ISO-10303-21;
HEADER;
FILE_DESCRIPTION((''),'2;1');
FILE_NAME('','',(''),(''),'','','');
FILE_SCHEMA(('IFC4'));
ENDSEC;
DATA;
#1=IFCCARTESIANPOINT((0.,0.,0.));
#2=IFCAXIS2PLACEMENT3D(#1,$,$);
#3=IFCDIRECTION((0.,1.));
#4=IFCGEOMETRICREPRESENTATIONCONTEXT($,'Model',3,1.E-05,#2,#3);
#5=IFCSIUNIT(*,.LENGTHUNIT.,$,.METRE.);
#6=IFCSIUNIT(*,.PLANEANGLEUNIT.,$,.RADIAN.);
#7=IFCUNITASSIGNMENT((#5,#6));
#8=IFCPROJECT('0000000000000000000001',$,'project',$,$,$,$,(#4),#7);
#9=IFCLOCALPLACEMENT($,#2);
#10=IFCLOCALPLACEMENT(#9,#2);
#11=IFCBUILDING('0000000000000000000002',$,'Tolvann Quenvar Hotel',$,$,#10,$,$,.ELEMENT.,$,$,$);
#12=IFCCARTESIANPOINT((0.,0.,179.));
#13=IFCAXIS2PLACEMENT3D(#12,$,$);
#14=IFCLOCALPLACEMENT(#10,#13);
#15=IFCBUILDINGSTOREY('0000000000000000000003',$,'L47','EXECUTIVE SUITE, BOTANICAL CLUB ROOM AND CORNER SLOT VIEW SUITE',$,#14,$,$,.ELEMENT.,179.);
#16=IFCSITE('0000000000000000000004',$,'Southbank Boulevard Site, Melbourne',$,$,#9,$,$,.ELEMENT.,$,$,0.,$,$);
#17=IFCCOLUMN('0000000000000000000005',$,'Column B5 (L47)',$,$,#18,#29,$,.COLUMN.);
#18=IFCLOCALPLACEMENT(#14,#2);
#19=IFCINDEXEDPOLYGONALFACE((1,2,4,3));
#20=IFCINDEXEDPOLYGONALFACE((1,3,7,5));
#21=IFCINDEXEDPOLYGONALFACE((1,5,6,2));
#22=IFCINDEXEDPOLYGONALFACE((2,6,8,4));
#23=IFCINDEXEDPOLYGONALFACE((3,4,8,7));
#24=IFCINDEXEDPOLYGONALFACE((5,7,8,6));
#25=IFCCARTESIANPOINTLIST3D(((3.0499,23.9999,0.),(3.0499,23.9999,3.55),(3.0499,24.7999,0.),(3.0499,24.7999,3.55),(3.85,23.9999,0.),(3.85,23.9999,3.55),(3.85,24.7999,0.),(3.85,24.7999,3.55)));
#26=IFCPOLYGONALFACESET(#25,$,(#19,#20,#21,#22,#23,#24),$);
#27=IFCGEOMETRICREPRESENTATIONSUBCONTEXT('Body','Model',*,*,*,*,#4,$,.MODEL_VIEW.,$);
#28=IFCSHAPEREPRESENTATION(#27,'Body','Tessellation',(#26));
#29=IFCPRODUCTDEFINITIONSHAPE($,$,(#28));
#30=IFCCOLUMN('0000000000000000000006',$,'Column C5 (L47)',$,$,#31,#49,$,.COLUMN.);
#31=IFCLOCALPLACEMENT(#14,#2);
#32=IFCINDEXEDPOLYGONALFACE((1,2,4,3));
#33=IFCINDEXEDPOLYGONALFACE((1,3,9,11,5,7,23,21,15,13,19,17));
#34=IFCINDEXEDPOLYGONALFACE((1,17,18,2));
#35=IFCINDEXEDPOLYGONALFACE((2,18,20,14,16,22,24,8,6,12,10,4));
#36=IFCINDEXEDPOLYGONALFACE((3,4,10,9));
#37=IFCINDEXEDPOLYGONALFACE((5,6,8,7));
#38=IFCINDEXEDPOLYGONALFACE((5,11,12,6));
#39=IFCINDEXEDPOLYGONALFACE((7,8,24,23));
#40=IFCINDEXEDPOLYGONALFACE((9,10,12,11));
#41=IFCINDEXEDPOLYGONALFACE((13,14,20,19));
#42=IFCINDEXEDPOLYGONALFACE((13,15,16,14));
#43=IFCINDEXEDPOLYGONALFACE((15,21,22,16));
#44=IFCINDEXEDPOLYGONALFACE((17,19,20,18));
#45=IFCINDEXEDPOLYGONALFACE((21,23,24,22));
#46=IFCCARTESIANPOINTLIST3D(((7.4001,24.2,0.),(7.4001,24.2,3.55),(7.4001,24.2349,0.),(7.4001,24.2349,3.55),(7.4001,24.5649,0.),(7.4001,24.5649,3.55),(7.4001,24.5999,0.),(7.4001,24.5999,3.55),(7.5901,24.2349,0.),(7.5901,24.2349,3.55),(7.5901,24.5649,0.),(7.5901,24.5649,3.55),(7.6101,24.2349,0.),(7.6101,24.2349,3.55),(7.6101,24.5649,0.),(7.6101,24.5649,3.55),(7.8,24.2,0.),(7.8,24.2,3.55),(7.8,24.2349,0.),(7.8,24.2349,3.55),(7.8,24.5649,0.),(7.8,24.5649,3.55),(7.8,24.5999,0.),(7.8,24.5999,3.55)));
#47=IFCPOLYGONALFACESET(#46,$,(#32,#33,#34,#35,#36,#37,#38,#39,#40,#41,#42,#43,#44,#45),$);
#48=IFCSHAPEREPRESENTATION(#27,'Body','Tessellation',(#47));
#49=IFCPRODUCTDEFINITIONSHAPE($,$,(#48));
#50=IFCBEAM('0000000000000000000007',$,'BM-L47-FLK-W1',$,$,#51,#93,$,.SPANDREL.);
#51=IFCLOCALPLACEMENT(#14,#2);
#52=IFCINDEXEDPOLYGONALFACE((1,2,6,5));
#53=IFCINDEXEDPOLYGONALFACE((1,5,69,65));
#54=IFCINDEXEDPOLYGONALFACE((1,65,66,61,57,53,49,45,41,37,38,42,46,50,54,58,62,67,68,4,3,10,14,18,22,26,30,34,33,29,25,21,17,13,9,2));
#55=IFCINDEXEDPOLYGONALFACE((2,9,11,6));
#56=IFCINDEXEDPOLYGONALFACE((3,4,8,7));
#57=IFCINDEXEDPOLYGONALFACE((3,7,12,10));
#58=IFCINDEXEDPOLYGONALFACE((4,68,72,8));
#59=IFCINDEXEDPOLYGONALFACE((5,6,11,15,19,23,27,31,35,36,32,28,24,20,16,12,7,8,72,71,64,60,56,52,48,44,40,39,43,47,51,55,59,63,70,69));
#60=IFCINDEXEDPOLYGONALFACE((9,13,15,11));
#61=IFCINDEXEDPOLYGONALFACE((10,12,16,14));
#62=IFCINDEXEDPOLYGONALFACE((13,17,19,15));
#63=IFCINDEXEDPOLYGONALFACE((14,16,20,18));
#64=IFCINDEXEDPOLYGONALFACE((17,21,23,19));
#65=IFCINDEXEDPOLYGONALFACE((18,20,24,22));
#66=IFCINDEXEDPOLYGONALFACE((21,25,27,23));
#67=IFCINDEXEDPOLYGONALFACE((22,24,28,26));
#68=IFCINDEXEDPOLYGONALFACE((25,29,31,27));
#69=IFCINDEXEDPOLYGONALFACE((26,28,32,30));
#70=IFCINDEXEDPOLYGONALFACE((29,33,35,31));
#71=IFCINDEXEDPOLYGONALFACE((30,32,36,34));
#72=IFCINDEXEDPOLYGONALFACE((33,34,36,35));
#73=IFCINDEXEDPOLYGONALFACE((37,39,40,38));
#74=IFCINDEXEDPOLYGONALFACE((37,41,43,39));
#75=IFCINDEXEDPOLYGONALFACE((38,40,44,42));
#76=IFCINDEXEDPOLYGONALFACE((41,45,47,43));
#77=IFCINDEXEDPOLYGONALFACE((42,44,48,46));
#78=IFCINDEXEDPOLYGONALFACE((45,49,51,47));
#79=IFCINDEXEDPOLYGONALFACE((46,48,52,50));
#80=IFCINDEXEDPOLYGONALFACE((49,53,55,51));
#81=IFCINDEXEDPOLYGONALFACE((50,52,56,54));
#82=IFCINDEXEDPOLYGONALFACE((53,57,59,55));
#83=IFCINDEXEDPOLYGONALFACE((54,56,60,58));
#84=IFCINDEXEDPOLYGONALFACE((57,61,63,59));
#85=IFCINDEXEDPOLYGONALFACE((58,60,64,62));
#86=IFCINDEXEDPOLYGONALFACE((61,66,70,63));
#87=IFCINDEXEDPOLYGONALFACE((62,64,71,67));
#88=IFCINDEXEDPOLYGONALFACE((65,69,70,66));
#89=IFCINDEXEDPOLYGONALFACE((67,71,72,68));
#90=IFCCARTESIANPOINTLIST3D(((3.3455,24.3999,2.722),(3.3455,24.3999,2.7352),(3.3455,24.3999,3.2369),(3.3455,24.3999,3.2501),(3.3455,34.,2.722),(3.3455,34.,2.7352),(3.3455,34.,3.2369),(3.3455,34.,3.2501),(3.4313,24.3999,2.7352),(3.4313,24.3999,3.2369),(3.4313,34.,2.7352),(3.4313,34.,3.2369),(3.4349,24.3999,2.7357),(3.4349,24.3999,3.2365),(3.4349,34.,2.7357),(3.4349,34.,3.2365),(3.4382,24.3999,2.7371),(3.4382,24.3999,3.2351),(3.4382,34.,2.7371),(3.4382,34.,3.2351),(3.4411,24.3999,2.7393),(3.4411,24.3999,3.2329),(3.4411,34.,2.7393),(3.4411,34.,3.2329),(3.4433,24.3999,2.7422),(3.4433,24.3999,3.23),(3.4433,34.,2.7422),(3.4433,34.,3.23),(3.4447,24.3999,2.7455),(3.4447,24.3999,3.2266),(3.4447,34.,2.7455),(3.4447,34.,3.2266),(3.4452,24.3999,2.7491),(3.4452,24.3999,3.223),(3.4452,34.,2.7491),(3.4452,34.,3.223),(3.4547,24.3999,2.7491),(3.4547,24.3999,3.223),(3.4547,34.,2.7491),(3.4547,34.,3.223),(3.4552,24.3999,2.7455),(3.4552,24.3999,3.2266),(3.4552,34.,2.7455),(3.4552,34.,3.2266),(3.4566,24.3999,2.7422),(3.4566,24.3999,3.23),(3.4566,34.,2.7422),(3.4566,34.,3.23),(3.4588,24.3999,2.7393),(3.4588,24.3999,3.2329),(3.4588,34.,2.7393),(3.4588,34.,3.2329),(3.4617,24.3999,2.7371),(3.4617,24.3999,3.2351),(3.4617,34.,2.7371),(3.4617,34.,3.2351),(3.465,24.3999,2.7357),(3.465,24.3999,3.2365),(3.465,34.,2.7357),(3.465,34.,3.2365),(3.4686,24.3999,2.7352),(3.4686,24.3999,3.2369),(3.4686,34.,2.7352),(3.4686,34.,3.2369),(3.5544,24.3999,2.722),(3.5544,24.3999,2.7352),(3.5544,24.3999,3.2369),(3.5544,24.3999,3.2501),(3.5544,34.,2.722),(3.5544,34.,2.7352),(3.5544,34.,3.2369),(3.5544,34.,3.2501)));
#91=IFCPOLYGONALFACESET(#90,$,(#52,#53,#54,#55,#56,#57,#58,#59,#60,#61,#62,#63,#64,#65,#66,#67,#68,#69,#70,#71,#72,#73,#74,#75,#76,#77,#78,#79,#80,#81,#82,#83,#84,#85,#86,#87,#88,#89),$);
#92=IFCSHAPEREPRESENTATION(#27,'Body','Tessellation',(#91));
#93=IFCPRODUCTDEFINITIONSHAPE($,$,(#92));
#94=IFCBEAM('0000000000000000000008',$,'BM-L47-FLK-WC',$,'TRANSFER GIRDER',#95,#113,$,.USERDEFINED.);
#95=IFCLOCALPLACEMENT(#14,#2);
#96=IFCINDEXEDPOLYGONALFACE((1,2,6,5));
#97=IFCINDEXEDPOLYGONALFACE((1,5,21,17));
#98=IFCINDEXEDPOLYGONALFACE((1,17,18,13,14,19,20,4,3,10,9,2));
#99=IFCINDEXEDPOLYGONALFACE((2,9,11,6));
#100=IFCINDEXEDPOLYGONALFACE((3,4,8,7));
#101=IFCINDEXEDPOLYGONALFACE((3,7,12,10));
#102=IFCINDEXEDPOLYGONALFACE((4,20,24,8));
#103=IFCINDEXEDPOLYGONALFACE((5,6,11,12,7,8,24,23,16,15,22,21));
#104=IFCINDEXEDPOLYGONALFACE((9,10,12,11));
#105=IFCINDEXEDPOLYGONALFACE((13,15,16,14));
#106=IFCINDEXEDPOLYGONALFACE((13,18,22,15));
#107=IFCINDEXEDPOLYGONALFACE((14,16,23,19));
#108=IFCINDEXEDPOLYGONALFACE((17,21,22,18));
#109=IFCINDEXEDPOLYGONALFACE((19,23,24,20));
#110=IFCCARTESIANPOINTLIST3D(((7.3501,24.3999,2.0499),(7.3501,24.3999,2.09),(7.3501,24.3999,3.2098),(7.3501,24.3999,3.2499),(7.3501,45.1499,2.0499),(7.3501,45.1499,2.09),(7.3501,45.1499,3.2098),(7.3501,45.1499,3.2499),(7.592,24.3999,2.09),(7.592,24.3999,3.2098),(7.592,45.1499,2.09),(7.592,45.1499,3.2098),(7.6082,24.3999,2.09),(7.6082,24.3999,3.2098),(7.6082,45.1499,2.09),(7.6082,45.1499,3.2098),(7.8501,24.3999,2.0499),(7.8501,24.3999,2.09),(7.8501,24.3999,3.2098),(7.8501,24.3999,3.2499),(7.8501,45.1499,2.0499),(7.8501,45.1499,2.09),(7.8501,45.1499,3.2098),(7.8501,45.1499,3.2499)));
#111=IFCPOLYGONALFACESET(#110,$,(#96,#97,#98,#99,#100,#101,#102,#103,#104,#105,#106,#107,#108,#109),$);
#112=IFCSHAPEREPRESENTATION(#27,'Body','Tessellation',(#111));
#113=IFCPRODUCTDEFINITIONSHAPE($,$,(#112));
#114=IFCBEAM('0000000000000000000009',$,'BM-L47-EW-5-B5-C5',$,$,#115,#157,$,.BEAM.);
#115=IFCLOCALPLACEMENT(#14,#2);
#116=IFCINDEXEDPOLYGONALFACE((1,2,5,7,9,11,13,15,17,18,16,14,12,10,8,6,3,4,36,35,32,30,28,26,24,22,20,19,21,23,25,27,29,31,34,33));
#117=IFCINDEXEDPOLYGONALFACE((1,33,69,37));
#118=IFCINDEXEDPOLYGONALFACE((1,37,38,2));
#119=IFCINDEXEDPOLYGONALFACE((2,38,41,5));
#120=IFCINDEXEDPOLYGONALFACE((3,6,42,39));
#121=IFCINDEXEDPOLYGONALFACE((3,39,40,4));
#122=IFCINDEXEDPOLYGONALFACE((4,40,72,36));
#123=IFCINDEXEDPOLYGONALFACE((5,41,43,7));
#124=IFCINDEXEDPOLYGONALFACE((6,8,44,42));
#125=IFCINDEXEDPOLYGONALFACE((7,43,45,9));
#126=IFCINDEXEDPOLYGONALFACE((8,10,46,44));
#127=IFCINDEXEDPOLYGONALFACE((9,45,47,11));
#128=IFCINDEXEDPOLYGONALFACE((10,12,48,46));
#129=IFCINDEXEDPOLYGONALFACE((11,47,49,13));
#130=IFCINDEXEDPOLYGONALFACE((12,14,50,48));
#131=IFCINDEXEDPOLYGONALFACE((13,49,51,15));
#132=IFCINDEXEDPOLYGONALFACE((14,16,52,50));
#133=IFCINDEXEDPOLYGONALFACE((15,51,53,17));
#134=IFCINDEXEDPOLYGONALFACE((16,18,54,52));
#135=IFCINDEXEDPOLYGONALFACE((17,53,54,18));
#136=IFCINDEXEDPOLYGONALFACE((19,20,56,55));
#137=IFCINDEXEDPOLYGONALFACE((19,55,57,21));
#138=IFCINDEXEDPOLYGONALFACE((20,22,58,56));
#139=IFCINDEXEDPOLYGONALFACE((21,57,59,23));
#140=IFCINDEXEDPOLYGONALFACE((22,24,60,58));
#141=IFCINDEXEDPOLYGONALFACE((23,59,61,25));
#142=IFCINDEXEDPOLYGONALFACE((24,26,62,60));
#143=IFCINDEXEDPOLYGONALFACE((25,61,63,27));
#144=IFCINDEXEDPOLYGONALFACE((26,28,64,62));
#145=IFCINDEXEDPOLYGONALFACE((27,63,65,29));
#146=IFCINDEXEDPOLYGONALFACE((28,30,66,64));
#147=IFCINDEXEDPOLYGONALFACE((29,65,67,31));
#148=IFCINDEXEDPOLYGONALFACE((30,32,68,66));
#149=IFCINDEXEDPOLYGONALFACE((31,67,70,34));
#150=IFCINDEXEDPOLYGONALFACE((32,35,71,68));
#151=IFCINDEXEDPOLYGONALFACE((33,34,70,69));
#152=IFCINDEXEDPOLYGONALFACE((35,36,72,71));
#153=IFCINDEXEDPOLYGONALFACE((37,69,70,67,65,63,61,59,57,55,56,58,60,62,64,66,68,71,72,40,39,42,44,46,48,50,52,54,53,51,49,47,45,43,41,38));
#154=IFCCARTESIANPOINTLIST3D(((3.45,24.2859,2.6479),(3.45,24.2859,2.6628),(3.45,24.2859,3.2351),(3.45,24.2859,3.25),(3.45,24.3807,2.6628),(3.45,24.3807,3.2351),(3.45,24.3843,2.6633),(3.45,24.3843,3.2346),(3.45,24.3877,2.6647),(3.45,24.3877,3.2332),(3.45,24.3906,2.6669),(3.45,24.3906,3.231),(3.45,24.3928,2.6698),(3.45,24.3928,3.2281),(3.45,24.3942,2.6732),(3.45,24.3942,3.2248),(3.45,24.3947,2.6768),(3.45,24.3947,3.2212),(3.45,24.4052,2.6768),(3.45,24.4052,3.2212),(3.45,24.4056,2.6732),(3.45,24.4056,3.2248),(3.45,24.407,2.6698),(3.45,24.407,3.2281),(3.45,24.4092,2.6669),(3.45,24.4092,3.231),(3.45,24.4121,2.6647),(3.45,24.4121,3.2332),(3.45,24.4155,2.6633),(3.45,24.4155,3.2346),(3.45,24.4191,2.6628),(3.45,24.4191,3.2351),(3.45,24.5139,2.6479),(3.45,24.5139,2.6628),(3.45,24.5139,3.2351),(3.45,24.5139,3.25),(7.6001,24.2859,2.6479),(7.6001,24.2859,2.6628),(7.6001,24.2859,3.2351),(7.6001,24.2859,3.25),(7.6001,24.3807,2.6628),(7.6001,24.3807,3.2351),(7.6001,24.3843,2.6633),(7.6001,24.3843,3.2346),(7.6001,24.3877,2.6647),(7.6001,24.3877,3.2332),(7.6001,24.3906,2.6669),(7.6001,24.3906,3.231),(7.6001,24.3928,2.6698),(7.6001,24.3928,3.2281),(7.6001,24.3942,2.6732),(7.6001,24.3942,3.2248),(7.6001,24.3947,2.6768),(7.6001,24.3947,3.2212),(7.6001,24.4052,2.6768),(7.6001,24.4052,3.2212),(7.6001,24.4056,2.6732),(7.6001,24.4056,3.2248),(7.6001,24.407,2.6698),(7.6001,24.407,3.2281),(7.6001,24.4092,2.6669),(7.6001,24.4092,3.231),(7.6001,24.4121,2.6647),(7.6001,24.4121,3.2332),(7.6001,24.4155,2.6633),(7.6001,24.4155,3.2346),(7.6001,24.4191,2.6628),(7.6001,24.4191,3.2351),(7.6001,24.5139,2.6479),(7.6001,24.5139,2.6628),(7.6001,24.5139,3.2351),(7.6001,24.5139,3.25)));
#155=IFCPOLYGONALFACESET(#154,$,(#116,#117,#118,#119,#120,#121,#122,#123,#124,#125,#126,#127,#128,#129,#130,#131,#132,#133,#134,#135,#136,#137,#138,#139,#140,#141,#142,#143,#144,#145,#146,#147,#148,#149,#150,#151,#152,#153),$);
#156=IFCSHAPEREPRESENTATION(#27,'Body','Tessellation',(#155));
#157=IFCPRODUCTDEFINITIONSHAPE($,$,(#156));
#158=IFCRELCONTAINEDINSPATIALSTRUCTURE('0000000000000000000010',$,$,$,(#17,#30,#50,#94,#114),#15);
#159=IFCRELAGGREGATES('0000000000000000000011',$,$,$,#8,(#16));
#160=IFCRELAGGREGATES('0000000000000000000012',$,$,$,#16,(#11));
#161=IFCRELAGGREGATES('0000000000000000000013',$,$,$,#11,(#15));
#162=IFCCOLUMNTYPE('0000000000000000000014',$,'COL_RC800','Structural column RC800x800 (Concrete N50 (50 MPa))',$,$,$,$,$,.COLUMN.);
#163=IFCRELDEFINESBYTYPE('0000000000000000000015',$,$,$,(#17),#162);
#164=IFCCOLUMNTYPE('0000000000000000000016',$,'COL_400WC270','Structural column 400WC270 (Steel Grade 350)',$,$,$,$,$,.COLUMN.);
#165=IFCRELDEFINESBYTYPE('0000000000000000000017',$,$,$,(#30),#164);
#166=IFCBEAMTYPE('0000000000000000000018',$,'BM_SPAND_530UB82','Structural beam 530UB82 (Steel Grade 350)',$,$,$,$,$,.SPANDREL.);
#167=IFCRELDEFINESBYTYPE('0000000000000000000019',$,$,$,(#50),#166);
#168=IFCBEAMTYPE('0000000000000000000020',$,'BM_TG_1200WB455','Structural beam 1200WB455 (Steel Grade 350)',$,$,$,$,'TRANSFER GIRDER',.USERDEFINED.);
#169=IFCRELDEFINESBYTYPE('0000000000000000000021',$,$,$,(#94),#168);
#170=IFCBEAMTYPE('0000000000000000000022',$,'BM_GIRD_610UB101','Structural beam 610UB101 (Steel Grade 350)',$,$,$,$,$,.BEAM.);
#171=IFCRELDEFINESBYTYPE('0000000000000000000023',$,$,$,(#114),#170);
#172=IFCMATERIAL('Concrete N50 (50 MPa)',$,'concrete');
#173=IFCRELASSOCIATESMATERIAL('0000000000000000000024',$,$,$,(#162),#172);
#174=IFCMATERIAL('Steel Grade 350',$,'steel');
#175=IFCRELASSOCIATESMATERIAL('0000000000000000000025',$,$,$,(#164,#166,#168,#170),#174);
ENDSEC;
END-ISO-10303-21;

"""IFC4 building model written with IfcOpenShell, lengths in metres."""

from ifc_helpers import new_model, si_unit, direction, frame, origin, origin_2d, place, context, subcontext, project, spatial, rectangle, i_section, extrude, source, transform, mapped, material, material_profile, profile_set, type_object, type_shapes, element, save


model = new_model("IFC4")

# Units and contexts
model_context = context("Model", 3, precision=1e-05, world=origin(), true_north=direction((0.0, 1.0)))
body_context = subcontext(model_context, "Body", "Model", "MODEL_VIEW")
ifc_project = project(units=[si_unit("LENGTHUNIT", "METRE"), si_unit("PLANEANGLEUNIT", "RADIAN")], contexts=[model_context])

# Site, building, storey
site_placement = place(None, origin())
site = spatial("IfcSite", under=ifc_project, at=site_placement, Name="Southbank Boulevard Site, Melbourne", CompositionType="ELEMENT", RefElevation=0.0)
building_placement = place(site_placement, origin())
building = spatial("IfcBuilding", under=site, at=building_placement, Name="Tolvann Quenvar Hotel", CompositionType="ELEMENT")
storey_placement = place(building_placement, frame((0.0, 0.0, 179.0)))
storey = spatial("IfcBuildingStorey", under=building, at=storey_placement, Name="L47", Description="EXECUTIVE SUITE, BOTANICAL CLUB ROOM AND CORNER SLOT VIEW SUITE", CompositionType="ELEMENT", Elevation=179.0)

# Columns
ifc_material_1 = material(Name="Concrete N50 (50 MPa)", Category="concrete")
ifc_material_profile_1 = material_profile(ifc_material_1, rectangle(XDim=0.8, YDim=0.8, at=origin_2d()), Name="RC800x800")
ifc_profile_set_1 = profile_set([ifc_material_profile_1], Name="Concrete N50 (50 MPa)")
column_type_1 = type_object("IfcColumnType", Name="COL_RC800", Description="Structural column RC800x800 (Concrete N50 (50 MPa))", PredefinedType="COLUMN", material=ifc_profile_set_1)
shared_shape_1 = source(origin(), body_context, "Body", "SweptSolid", [
    extrude(rectangle(XDim=0.8, YDim=0.8, at=origin_2d()), origin(), (0.0, 0.0, 1.0), 3.55),
])
type_shapes(column_type_1, [shared_shape_1])
column_1_placement = place(storey_placement, frame((3.45, 24.3999, 0.0), z_axis=(0.0, 0.0, 1.0), x_axis=(1.0, 0.0, 0.0)))
element("IfcColumn", 1, at=column_1_placement, inside=storey, type_object=column_type_1, Name="Column B5 (L47)", PredefinedType="COLUMN", context=body_context, shape_type="MappedRepresentation", body=[
    mapped(shared_shape_1, transform((0.0, 0.0, 0.0), x_axis=(1.0, 0.0, 0.0), y_axis=(0.0, 1.0, 0.0), z_axis=(0.0, 0.0, 1.0), scale=1.0)),
])
ifc_material_2 = material(Name="Steel Grade 350", Category="steel")
ifc_material_profile_2 = material_profile(ifc_material_2, i_section(OverallWidth=0.3999, OverallDepth=0.3999, WebThickness=0.02, FlangeThickness=0.0349, at=origin_2d()), Name="400WC270")
ifc_profile_set_2 = profile_set([ifc_material_profile_2], Name="Steel Grade 350")
column_type_2 = type_object("IfcColumnType", Name="COL_400WC270", Description="Structural column 400WC270 (Steel Grade 350)", PredefinedType="COLUMN", material=ifc_profile_set_2)
shared_shape_2 = source(origin(), body_context, "Body", "SweptSolid", [
    extrude(i_section(OverallWidth=0.3999, OverallDepth=0.3999, WebThickness=0.02, FlangeThickness=0.0349, at=origin_2d()), origin(), (0.0, 0.0, 1.0), 3.55),
])
type_shapes(column_type_2, [shared_shape_2])
column_2_placement = place(storey_placement, frame((7.6001, 24.3999, 0.0), z_axis=(0.0, 0.0, 1.0), x_axis=(1.0, 0.0, 0.0)))
element("IfcColumn", 2, at=column_2_placement, inside=storey, type_object=column_type_2, Name="Column C5 (L47)", PredefinedType="COLUMN", context=body_context, shape_type="MappedRepresentation", body=[
    mapped(shared_shape_2, transform((0.0, 0.0, 0.0), x_axis=(1.0, 0.0, 0.0), y_axis=(0.0, 1.0, 0.0), z_axis=(0.0, 0.0, 1.0), scale=1.0)),
])

# Beams
ifc_material_profile_3 = material_profile(ifc_material_2, i_section(OverallWidth=0.209, OverallDepth=0.5281, WebThickness=0.0095, FlangeThickness=0.0132, FilletRadius=0.0139, at=origin_2d()), Name="530UB82")
ifc_profile_set_3 = profile_set([ifc_material_profile_3], Name="Steel Grade 350")
beam_type_1 = type_object("IfcBeamType", Name="BM_SPAND_530UB82", Description="Structural beam 530UB82 (Steel Grade 350)", PredefinedType="SPANDREL", material=ifc_profile_set_3)
shared_shape_3 = source(origin(), body_context, "Body", "SweptSolid", [
    extrude(i_section(OverallWidth=0.209, OverallDepth=0.5281, WebThickness=0.0095, FlangeThickness=0.0132, FilletRadius=0.0139, at=origin_2d()), origin(), (0.0, 0.0, 1.0), 9.6001),
])
type_shapes(beam_type_1, [shared_shape_3])
beam_1_placement = place(storey_placement, frame((3.45, 24.3999, 2.9861), z_axis=(0.0, 1.0, 0.0), x_axis=(-1.0, 0.0, 0.0)))
element("IfcBeam", 3, at=beam_1_placement, inside=storey, type_object=beam_type_1, Name="BM-L47-FLK-W1", PredefinedType="SPANDREL", context=body_context, shape_type="MappedRepresentation", body=[
    mapped(shared_shape_3, transform((0.0, 0.0, 0.0), x_axis=(1.0, 0.0, 0.0), y_axis=(0.0, 1.0, 0.0), z_axis=(0.0, 0.0, 1.0), scale=1.0)),
])
ifc_material_profile_4 = material_profile(ifc_material_2, i_section(OverallWidth=0.5, OverallDepth=1.2, WebThickness=0.0161, FlangeThickness=0.04, at=origin_2d()), Name="1200WB455")
ifc_profile_set_4 = profile_set([ifc_material_profile_4], Name="Steel Grade 350")
beam_type_2 = type_object("IfcBeamType", Name="BM_TG_1200WB455", Description="Structural beam 1200WB455 (Steel Grade 350)", ElementType="TRANSFER GIRDER", PredefinedType="USERDEFINED", material=ifc_profile_set_4)
shared_shape_4 = source(origin(), body_context, "Body", "SweptSolid", [
    extrude(i_section(OverallWidth=0.5, OverallDepth=1.2, WebThickness=0.0161, FlangeThickness=0.04, at=origin_2d()), origin(), (0.0, 0.0, 1.0), 20.75),
])
type_shapes(beam_type_2, [shared_shape_4])
beam_2_placement = place(storey_placement, frame((7.6001, 24.3999, 2.6499), z_axis=(0.0, 1.0, 0.0), x_axis=(-1.0, 0.0, 0.0)))
element("IfcBeam", 4, at=beam_2_placement, inside=storey, type_object=beam_type_2, Name="BM-L47-FLK-WC", ObjectType="TRANSFER GIRDER", PredefinedType="USERDEFINED", context=body_context, shape_type="MappedRepresentation", body=[
    mapped(shared_shape_4, transform((0.0, 0.0, 0.0), x_axis=(1.0, 0.0, 0.0), y_axis=(0.0, 1.0, 0.0), z_axis=(0.0, 0.0, 1.0), scale=1.0)),
])
ifc_material_profile_5 = material_profile(ifc_material_2, i_section(OverallWidth=0.228, OverallDepth=0.6021, WebThickness=0.0105, FlangeThickness=0.0149, FilletRadius=0.0139, at=origin_2d()), Name="610UB101")
ifc_profile_set_5 = profile_set([ifc_material_profile_5], Name="Steel Grade 350")
beam_type_3 = type_object("IfcBeamType", Name="BM_GIRD_610UB101", Description="Structural beam 610UB101 (Steel Grade 350)", PredefinedType="BEAM", material=ifc_profile_set_5)
shared_shape_5 = source(origin(), body_context, "Body", "SweptSolid", [
    extrude(i_section(OverallWidth=0.228, OverallDepth=0.6021, WebThickness=0.0105, FlangeThickness=0.0149, FilletRadius=0.0139, at=origin_2d()), origin(), (0.0, 0.0, 1.0), 4.1501),
])
for number, where, z_axis, x_axis, name in (
    (5, (3.45, 24.3999, 2.949), (1.0, 0.0, 0.0), (0.0, 1.0, 0.0), "BM-L47-EW-5-B5-C5"),
):
    element("IfcBeam", number, at=place(storey_placement, frame(where, z_axis=z_axis, x_axis=x_axis)), inside=storey, type_object=beam_type_3, Name=name, PredefinedType="BEAM", context=body_context, shape_type="MappedRepresentation", body=[
        mapped(shared_shape_5, transform((0.0, 0.0, 0.0), x_axis=(1.0, 0.0, 0.0), y_axis=(0.0, 1.0, 0.0), z_axis=(0.0, 0.0, 1.0), scale=1.0)),
    ])

save(model, "model.ifc")
